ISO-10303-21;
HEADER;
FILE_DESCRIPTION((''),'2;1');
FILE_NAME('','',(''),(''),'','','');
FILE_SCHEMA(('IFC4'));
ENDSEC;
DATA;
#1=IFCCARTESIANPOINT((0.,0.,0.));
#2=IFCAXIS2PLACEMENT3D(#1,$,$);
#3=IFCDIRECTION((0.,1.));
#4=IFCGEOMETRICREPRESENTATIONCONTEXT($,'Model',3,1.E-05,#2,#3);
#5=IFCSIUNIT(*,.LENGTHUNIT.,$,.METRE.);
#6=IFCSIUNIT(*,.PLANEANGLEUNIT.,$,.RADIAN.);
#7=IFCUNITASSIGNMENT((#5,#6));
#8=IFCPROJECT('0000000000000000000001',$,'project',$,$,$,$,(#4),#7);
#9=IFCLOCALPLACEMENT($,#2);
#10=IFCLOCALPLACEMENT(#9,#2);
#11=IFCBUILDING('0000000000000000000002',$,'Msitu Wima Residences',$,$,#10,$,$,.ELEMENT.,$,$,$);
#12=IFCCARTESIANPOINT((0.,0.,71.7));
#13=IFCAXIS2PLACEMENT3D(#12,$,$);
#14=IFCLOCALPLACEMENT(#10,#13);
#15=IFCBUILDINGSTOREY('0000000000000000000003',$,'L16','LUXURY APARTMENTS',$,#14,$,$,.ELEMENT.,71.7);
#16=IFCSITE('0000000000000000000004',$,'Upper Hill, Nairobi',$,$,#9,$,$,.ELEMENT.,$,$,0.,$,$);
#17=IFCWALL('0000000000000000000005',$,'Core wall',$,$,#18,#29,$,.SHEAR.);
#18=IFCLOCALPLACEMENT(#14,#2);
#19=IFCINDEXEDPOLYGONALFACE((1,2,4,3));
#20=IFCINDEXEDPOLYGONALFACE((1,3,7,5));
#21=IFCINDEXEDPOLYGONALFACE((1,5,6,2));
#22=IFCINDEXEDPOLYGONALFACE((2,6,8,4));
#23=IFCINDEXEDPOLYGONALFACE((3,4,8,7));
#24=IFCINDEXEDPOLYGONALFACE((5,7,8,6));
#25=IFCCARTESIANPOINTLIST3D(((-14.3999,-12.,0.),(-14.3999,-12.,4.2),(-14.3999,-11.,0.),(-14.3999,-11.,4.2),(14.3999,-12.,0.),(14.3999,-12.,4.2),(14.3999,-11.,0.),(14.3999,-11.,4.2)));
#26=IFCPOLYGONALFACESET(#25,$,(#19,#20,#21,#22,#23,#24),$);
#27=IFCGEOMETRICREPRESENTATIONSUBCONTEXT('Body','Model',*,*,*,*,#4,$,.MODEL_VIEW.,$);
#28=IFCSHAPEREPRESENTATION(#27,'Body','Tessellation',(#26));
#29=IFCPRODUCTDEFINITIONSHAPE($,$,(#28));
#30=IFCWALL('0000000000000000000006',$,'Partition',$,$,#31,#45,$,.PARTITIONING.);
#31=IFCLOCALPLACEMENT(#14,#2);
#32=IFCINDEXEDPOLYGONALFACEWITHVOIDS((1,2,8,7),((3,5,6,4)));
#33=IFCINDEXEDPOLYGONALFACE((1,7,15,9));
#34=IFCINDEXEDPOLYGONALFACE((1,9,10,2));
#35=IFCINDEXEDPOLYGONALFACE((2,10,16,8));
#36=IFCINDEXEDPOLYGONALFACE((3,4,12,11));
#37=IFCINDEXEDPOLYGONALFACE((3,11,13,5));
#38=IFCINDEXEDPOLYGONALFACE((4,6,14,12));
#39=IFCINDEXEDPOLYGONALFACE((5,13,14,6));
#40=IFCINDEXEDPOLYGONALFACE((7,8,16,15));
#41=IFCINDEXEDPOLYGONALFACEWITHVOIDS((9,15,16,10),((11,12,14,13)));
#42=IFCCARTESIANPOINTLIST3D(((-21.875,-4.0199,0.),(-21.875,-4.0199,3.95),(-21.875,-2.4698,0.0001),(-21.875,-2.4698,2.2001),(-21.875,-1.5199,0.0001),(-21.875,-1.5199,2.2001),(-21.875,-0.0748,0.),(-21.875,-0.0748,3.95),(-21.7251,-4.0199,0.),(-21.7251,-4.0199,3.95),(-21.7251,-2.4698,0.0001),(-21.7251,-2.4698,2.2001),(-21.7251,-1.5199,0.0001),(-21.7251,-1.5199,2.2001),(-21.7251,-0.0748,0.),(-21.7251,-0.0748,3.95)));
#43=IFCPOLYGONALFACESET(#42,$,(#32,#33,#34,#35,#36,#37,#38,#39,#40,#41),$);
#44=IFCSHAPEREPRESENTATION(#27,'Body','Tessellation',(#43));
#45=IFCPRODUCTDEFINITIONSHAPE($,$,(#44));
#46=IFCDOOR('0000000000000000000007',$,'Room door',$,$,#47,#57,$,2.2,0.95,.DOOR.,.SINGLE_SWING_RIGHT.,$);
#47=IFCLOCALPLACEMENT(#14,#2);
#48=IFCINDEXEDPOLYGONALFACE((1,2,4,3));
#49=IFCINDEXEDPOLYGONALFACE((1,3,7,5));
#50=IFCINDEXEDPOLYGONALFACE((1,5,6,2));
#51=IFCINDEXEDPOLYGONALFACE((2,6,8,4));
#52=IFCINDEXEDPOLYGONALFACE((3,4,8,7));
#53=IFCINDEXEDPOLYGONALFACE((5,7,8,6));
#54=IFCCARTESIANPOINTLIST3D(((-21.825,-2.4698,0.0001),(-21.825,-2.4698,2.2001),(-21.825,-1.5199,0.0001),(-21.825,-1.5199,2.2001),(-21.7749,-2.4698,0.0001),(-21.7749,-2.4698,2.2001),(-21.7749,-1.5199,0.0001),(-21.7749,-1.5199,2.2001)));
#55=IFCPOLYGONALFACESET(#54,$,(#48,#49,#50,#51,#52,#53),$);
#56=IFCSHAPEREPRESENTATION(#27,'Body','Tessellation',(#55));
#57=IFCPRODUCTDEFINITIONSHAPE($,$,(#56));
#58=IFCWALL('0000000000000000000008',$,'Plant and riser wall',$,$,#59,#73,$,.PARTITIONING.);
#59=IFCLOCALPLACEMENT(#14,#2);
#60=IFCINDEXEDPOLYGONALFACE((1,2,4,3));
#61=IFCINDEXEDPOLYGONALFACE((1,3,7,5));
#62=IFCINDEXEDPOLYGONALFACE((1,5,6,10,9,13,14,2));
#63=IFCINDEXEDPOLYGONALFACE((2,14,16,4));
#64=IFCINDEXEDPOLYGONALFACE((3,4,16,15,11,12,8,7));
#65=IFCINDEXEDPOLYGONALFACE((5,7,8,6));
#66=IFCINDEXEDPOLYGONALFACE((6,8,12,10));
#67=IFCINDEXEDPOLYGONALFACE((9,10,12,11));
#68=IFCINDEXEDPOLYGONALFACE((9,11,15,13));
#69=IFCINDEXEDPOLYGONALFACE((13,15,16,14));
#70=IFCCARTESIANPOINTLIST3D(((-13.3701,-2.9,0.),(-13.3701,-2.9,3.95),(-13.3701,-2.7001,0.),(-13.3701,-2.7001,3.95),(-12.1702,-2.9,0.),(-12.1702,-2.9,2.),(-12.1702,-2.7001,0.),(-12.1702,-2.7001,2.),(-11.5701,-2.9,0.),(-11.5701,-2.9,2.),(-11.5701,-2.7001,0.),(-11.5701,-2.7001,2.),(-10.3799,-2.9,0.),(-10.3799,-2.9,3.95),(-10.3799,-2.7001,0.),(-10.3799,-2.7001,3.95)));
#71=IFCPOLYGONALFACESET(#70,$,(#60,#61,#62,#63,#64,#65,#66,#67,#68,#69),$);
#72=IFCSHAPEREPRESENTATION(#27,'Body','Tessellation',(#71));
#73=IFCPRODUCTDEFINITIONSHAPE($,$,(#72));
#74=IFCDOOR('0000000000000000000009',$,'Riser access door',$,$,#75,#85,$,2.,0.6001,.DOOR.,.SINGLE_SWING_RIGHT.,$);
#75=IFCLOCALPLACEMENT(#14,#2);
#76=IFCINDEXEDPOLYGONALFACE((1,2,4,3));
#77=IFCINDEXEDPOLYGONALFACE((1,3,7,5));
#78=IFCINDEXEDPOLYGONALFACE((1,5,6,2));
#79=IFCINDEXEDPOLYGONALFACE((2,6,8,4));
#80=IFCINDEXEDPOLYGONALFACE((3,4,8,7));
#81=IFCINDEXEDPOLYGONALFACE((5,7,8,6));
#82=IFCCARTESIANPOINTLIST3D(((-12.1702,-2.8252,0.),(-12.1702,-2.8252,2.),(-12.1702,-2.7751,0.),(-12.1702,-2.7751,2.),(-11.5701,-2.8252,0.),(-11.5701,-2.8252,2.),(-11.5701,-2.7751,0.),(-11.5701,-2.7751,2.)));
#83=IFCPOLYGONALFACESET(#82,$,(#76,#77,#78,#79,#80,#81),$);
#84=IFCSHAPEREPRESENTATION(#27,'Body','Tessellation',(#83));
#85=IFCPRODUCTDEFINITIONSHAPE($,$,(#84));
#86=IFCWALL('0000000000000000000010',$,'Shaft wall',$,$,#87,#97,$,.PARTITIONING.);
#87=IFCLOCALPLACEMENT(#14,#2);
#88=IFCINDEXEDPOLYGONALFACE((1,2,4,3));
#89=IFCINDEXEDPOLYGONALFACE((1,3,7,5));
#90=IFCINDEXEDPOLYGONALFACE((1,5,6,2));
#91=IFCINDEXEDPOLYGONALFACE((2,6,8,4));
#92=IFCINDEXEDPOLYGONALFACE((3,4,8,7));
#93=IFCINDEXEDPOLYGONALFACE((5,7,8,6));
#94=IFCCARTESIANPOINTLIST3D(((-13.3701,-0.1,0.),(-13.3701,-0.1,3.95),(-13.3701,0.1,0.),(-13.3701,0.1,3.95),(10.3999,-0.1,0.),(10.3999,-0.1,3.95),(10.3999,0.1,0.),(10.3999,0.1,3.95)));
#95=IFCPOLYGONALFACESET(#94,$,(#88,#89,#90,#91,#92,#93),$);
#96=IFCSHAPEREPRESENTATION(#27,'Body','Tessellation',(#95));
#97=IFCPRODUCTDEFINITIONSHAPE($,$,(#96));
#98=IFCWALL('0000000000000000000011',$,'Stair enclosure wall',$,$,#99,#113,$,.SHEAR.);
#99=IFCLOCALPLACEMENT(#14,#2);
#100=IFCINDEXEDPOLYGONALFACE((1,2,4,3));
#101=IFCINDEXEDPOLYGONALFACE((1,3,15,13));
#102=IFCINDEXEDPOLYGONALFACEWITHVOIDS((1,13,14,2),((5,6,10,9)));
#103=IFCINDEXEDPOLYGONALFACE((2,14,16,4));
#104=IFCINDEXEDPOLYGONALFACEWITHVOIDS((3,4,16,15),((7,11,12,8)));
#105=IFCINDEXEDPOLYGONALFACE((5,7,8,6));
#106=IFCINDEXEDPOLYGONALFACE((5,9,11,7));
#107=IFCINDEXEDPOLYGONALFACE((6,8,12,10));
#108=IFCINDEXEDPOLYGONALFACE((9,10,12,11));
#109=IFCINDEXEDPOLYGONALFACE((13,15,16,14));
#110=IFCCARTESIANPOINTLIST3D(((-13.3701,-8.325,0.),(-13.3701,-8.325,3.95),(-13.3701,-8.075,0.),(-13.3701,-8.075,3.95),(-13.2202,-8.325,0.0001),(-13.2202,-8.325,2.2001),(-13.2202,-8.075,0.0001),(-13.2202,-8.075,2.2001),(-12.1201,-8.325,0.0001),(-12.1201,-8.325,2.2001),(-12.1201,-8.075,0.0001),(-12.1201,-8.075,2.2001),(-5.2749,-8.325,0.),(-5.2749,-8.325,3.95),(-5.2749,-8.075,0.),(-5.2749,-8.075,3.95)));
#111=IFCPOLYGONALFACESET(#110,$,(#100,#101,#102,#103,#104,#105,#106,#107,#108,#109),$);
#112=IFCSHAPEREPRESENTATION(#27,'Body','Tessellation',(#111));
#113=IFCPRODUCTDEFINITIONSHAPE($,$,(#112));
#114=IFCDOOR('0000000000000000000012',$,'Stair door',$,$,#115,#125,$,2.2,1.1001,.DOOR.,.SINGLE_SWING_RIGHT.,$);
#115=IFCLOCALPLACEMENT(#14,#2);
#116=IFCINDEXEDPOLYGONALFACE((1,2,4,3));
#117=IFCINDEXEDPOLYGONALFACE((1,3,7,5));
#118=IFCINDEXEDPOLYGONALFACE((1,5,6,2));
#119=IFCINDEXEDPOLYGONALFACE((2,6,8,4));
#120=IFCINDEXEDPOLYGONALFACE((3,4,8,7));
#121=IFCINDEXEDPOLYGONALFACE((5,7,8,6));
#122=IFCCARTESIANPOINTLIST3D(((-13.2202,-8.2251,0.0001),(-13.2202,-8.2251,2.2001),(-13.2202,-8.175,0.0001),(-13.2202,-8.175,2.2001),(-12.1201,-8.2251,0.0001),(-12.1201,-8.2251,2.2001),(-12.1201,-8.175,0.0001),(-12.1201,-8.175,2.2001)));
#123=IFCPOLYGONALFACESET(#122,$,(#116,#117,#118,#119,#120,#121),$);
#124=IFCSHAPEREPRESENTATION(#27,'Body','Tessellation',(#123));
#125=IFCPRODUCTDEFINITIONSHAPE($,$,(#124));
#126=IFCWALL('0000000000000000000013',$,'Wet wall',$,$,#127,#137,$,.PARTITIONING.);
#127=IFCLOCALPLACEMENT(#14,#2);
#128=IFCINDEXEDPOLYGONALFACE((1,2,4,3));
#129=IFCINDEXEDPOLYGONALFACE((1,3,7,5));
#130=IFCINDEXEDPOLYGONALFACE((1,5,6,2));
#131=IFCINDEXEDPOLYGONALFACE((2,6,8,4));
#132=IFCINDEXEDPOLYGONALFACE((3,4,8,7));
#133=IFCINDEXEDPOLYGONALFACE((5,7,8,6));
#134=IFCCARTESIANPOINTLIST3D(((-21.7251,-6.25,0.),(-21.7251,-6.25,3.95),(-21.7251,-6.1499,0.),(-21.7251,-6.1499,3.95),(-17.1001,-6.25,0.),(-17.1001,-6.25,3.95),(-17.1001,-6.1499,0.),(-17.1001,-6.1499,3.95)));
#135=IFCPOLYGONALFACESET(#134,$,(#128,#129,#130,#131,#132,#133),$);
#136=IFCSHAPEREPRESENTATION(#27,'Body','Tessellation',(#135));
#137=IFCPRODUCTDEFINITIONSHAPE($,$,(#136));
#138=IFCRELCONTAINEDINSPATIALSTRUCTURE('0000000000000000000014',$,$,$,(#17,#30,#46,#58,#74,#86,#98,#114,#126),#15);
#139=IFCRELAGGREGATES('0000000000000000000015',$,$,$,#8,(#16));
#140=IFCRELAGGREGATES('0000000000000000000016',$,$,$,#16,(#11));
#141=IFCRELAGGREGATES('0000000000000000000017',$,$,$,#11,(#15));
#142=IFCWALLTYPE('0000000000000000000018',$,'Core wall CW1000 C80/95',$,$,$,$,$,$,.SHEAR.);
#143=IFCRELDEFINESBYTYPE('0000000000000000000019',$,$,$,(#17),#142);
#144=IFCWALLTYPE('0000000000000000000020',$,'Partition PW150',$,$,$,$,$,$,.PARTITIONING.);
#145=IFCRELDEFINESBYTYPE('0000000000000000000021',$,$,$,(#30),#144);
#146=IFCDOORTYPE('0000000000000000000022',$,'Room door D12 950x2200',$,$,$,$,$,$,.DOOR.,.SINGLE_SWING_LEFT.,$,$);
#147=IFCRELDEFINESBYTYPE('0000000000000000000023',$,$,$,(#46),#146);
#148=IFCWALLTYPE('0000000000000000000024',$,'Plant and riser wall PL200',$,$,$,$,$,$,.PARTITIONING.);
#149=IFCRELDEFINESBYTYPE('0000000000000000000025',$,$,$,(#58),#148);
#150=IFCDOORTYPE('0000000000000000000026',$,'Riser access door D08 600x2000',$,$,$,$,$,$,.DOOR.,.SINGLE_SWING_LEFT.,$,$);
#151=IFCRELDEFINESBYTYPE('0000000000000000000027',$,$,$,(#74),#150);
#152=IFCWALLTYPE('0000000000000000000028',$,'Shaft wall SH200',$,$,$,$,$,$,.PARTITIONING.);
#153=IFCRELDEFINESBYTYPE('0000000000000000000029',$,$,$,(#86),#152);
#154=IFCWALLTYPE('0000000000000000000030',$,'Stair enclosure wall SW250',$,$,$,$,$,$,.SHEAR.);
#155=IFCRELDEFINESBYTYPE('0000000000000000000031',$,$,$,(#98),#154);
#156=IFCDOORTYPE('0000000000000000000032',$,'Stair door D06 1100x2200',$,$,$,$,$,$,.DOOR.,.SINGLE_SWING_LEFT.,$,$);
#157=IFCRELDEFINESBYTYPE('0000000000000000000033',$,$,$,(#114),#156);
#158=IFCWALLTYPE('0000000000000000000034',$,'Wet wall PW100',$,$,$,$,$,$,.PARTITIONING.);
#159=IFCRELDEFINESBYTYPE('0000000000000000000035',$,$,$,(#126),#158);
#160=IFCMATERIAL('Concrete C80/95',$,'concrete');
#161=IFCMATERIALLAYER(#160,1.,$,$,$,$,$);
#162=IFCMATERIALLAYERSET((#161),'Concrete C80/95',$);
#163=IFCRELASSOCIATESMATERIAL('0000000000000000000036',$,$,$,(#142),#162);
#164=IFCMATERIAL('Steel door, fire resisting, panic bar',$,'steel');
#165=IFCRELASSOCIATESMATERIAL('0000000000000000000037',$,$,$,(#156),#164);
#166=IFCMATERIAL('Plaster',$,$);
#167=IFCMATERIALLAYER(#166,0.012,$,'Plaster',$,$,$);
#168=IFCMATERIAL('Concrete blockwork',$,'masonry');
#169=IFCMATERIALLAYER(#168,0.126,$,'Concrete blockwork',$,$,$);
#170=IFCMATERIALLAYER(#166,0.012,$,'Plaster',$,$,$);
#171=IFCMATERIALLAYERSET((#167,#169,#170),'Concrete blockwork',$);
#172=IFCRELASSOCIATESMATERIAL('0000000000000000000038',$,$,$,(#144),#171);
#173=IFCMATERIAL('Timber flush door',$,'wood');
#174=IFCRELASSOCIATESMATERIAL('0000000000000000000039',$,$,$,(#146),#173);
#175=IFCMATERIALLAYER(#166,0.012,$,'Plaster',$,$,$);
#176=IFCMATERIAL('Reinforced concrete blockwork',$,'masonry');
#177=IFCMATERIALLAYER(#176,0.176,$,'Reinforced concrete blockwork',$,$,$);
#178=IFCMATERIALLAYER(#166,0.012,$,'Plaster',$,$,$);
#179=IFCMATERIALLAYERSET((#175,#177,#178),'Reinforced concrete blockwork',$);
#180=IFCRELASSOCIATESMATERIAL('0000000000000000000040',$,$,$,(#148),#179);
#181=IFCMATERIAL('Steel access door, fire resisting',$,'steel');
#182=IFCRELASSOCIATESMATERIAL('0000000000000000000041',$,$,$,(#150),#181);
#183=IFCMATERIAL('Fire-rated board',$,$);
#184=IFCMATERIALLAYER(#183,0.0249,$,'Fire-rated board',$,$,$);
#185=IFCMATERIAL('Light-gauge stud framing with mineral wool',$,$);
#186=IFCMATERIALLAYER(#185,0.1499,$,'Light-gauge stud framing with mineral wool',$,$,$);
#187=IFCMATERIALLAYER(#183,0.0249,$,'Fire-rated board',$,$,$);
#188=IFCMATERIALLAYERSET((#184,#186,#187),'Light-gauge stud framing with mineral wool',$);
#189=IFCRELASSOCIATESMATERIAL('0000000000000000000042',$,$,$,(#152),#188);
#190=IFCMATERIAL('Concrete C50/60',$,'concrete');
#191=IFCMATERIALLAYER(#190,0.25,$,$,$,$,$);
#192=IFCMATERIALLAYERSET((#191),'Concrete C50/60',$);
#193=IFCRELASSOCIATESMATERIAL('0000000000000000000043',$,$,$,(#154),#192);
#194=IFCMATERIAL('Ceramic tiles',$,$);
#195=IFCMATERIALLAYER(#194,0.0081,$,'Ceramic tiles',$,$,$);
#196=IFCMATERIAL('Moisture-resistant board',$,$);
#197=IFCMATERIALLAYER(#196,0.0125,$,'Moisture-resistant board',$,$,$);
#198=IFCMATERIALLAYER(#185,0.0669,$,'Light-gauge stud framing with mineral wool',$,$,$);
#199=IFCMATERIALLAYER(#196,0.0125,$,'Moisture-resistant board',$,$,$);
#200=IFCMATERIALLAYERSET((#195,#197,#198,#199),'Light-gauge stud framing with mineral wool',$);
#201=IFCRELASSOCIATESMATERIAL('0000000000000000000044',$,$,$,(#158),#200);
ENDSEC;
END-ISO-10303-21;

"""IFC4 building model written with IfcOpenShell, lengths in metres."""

from ifc_helpers import new_model, si_unit, direction, frame, frame_2d, origin, place, context, subcontext, project, spatial, rectangle, extrude, material, layer, layer_set, type_object, element, fill, save


model = new_model("IFC4")

# Units and contexts
model_context = context("Model", 3, precision=1e-05, world=origin(), true_north=direction((0.0, 1.0)))
body_context = subcontext(model_context, "Body", "Model", "MODEL_VIEW")
ifc_project = project(units=[si_unit("LENGTHUNIT", "METRE"), si_unit("PLANEANGLEUNIT", "RADIAN")], contexts=[model_context])

# Site, building, storey
site_placement = place(None, origin())
site = spatial("IfcSite", under=ifc_project, at=site_placement, Name="Upper Hill, Nairobi", CompositionType="ELEMENT", RefElevation=0.0)
building_placement = place(site_placement, origin())
building = spatial("IfcBuilding", under=site, at=building_placement, Name="Msitu Wima Residences", CompositionType="ELEMENT")
storey_placement = place(building_placement, frame((0.0, 0.0, 71.7)))
storey = spatial("IfcBuildingStorey", under=building, at=storey_placement, Name="L16", Description="LUXURY APARTMENTS", CompositionType="ELEMENT", Elevation=71.7)

# Wall
ifc_material_1 = material(Name="Concrete C80/95", Category="concrete")
ifc_layer_1 = layer(ifc_material_1, 1.0)
ifc_layer_set_1 = layer_set([ifc_layer_1], Name="Concrete C80/95")
wall_type_1 = type_object("IfcWallType", Name="Core wall CW1000 C80/95", PredefinedType="SHEAR", material=ifc_layer_set_1)
wall_1_placement = place(storey_placement, frame((-14.3999, -11.5, 0.0), z_axis=(0.0, 0.0, 1.0), x_axis=(1.0, 0.0, 0.0)))
element("IfcWall", 1, at=wall_1_placement, inside=storey, type_object=wall_type_1, Name="Core wall", PredefinedType="SHEAR", context=body_context, shape_type="SweptSolid", body=[
    extrude(rectangle(XDim=28.7998, YDim=1.0, at=frame_2d((14.3999, 0.0))), origin(), (0.0, 0.0, 1.0), 4.2),
])

# Shared definitions
ifc_material_2 = material(Name="Steel door, fire resisting, panic bar", Category="steel")
door_type_1 = type_object("IfcDoorType", Name="Stair door D06 1100x2200", OperationType="SINGLE_SWING_LEFT", PredefinedType="DOOR", material=ifc_material_2)

# Walls, openings, doors
ifc_material_3 = material(Name="Plaster")
ifc_layer_2 = layer(ifc_material_3, 0.012, Name="Plaster")
ifc_material_4 = material(Name="Concrete blockwork", Category="masonry")
ifc_layer_3 = layer(ifc_material_4, 0.126, Name="Concrete blockwork")
ifc_layer_4 = layer(ifc_material_3, 0.012, Name="Plaster")
ifc_layer_set_2 = layer_set([ifc_layer_2, ifc_layer_3, ifc_layer_4], Name="Concrete blockwork")
wall_type_2 = type_object("IfcWallType", Name="Partition PW150", PredefinedType="PARTITIONING", material=ifc_layer_set_2)
wall_2_placement = place(storey_placement, frame((-21.8, -4.02, 0.0), z_axis=(0.0, 0.0, 1.0), x_axis=(0.0, 1.0, 0.0)))
wall_2 = element("IfcWall", 2, at=wall_2_placement, inside=storey, type_object=wall_type_2, Name="Partition", PredefinedType="PARTITIONING", context=body_context, shape_type="SweptSolid", body=[
    extrude(rectangle(XDim=3.9451, YDim=0.1499, at=frame_2d((1.9727, 0.0))), origin(), (0.0, 0.0, 1.0), 3.95),
])
opening_1_placement = place(wall_2_placement, frame((1.55, 0.0, 0.0)))
opening_1 = element("IfcOpeningElement", 3, at=opening_1_placement, cuts=wall_2, PredefinedType="OPENING", context=body_context, shape_type="SweptSolid", body=[
    extrude(rectangle(XDim=0.95, YDim=2.2, at=frame_2d((0.4751, 1.1001))), frame((0.0, 0.085, 0.0), z_axis=(0.0, -1.0, 0.0), x_axis=(1.0, 0.0, 0.0)), (0.0, 0.0, 1.0), 0.1699),
])
ifc_material_5 = material(Name="Timber flush door", Category="wood")
door_type_2 = type_object("IfcDoorType", Name="Room door D12 950x2200", OperationType="SINGLE_SWING_LEFT", PredefinedType="DOOR", material=ifc_material_5)
door_1_placement = place(opening_1_placement, origin())
door_1 = element("IfcDoor", 4, at=door_1_placement, inside=storey, type_object=door_type_2, Name="Room door", OperationType="SINGLE_SWING_RIGHT", OverallHeight=2.2, OverallWidth=0.95, PredefinedType="DOOR", context=body_context, shape_type="SweptSolid", body=[
    extrude(rectangle(XDim=0.95, YDim=2.2, at=frame_2d((0.4751, 1.1001))), frame((0.0, 0.0249, 0.0), z_axis=(0.0, -1.0, 0.0), x_axis=(1.0, 0.0, 0.0)), (0.0, 0.0, 1.0), 0.05),
])
fill(opening_1, door_1)
ifc_layer_5 = layer(ifc_material_3, 0.012, Name="Plaster")
ifc_material_6 = material(Name="Reinforced concrete blockwork", Category="masonry")
ifc_layer_6 = layer(ifc_material_6, 0.176, Name="Reinforced concrete blockwork")
ifc_layer_7 = layer(ifc_material_3, 0.012, Name="Plaster")
ifc_layer_set_3 = layer_set([ifc_layer_5, ifc_layer_6, ifc_layer_7], Name="Reinforced concrete blockwork")
wall_type_3 = type_object("IfcWallType", Name="Plant and riser wall PL200", PredefinedType="PARTITIONING", material=ifc_layer_set_3)
wall_3_placement = place(storey_placement, frame((-13.3701, -2.8, 0.0), z_axis=(0.0, 0.0, 1.0), x_axis=(1.0, 0.0, 0.0)))
wall_3 = element("IfcWall", 5, at=wall_3_placement, inside=storey, type_object=wall_type_3, Name="Plant and riser wall", PredefinedType="PARTITIONING", context=body_context, shape_type="SweptSolid", body=[
    extrude(rectangle(XDim=2.9902, YDim=0.2, at=frame_2d((1.4951, 0.0))), origin(), (0.0, 0.0, 1.0), 3.95),
])
opening_2_placement = place(wall_3_placement, frame((1.2, 0.0, 0.0)))
opening_2 = element("IfcOpeningElement", 6, at=opening_2_placement, cuts=wall_3, PredefinedType="OPENING", context=body_context, shape_type="SweptSolid", body=[
    extrude(rectangle(XDim=0.6001, YDim=2.0, at=frame_2d((0.3, 1.0))), frame((0.0, 0.1099, 0.0), z_axis=(0.0, -1.0, 0.0), x_axis=(1.0, 0.0, 0.0)), (0.0, 0.0, 1.0), 0.22),
])
ifc_material_7 = material(Name="Steel access door, fire resisting", Category="steel")
door_type_3 = type_object("IfcDoorType", Name="Riser access door D08 600x2000", OperationType="SINGLE_SWING_LEFT", PredefinedType="DOOR", material=ifc_material_7)
door_2_placement = place(opening_2_placement, origin())
door_2 = element("IfcDoor", 7, at=door_2_placement, inside=storey, type_object=door_type_3, Name="Riser access door", OperationType="SINGLE_SWING_RIGHT", OverallHeight=2.0, OverallWidth=0.6001, PredefinedType="DOOR", context=body_context, shape_type="SweptSolid", body=[
    extrude(rectangle(XDim=0.6001, YDim=2.0, at=frame_2d((0.3, 1.0))), frame((0.0, 0.0249, 0.0), z_axis=(0.0, -1.0, 0.0), x_axis=(1.0, 0.0, 0.0)), (0.0, 0.0, 1.0), 0.05),
])
fill(opening_2, door_2)

# Wall
ifc_material_8 = material(Name="Fire-rated board")
ifc_layer_8 = layer(ifc_material_8, 0.0249, Name="Fire-rated board")
ifc_material_9 = material(Name="Light-gauge stud framing with mineral wool")
ifc_layer_9 = layer(ifc_material_9, 0.1499, Name="Light-gauge stud framing with mineral wool")
ifc_layer_10 = layer(ifc_material_8, 0.0249, Name="Fire-rated board")
ifc_layer_set_4 = layer_set([ifc_layer_8, ifc_layer_9, ifc_layer_10], Name="Light-gauge stud framing with mineral wool")
wall_type_4 = type_object("IfcWallType", Name="Shaft wall SH200", PredefinedType="PARTITIONING", material=ifc_layer_set_4)
wall_4_placement = place(storey_placement, frame((-13.3701, 0.0, 0.0), z_axis=(0.0, 0.0, 1.0), x_axis=(1.0, 0.0, 0.0)))
element("IfcWall", 8, at=wall_4_placement, inside=storey, type_object=wall_type_4, Name="Shaft wall", PredefinedType="PARTITIONING", context=body_context, shape_type="SweptSolid", body=[
    extrude(rectangle(XDim=23.77, YDim=0.2, at=frame_2d((11.885, 0.0))), origin(), (0.0, 0.0, 1.0), 3.95),
])

# Wall, opening, door
ifc_material_10 = material(Name="Concrete C50/60", Category="concrete")
ifc_layer_11 = layer(ifc_material_10, 0.25)
ifc_layer_set_5 = layer_set([ifc_layer_11], Name="Concrete C50/60")
wall_type_5 = type_object("IfcWallType", Name="Stair enclosure wall SW250", PredefinedType="SHEAR", material=ifc_layer_set_5)
wall_5_placement = place(storey_placement, frame((-13.3701, -8.2, 0.0), z_axis=(0.0, 0.0, 1.0), x_axis=(1.0, 0.0, 0.0)))
wall_5 = element("IfcWall", 9, at=wall_5_placement, inside=storey, type_object=wall_type_5, Name="Stair enclosure wall", PredefinedType="SHEAR", context=body_context, shape_type="SweptSolid", body=[
    extrude(rectangle(XDim=8.0952, YDim=0.25, at=frame_2d((4.0476, 0.0))), origin(), (0.0, 0.0, 1.0), 3.95),
])
opening_3_placement = place(wall_5_placement, frame((0.1499, 0.0, 0.0)))
opening_3 = element("IfcOpeningElement", 10, at=opening_3_placement, cuts=wall_5, PredefinedType="OPENING", context=body_context, shape_type="SweptSolid", body=[
    extrude(rectangle(XDim=1.1001, YDim=2.2, at=frame_2d((0.55, 1.1001))), frame((0.0, 0.135, 0.0), z_axis=(0.0, -1.0, 0.0), x_axis=(1.0, 0.0, 0.0)), (0.0, 0.0, 1.0), 0.27),
])
door_3_placement = place(opening_3_placement, origin())
door_3 = element("IfcDoor", 11, at=door_3_placement, inside=storey, type_object=door_type_1, Name="Stair door", OperationType="SINGLE_SWING_RIGHT", OverallHeight=2.2, OverallWidth=1.1001, PredefinedType="DOOR", context=body_context, shape_type="SweptSolid", body=[
    extrude(rectangle(XDim=1.1001, YDim=2.2, at=frame_2d((0.55, 1.1001))), frame((0.0, 0.0249, 0.0), z_axis=(0.0, -1.0, 0.0), x_axis=(1.0, 0.0, 0.0)), (0.0, 0.0, 1.0), 0.05),
])
fill(opening_3, door_3)

# Wall
ifc_material_11 = material(Name="Ceramic tiles")
ifc_layer_12 = layer(ifc_material_11, 0.0081, Name="Ceramic tiles")
ifc_material_12 = material(Name="Moisture-resistant board")
ifc_layer_13 = layer(ifc_material_12, 0.0125, Name="Moisture-resistant board")
ifc_layer_14 = layer(ifc_material_9, 0.0669, Name="Light-gauge stud framing with mineral wool")
ifc_layer_15 = layer(ifc_material_12, 0.0125, Name="Moisture-resistant board")
ifc_layer_set_6 = layer_set([ifc_layer_12, ifc_layer_13, ifc_layer_14, ifc_layer_15], Name="Light-gauge stud framing with mineral wool")
wall_type_6 = type_object("IfcWallType", Name="Wet wall PW100", PredefinedType="PARTITIONING", material=ifc_layer_set_6)
wall_6_placement = place(storey_placement, frame((-21.7251, -6.2, 0.0), z_axis=(0.0, 0.0, 1.0), x_axis=(1.0, 0.0, 0.0)))
element("IfcWall", 12, at=wall_6_placement, inside=storey, type_object=wall_type_6, Name="Wet wall", PredefinedType="PARTITIONING", context=body_context, shape_type="SweptSolid", body=[
    extrude(rectangle(XDim=4.625, YDim=0.1001, at=frame_2d((2.3125, 0.0))), origin(), (0.0, 0.0, 1.0), 3.95),
])

save(model, "model.ifc")
